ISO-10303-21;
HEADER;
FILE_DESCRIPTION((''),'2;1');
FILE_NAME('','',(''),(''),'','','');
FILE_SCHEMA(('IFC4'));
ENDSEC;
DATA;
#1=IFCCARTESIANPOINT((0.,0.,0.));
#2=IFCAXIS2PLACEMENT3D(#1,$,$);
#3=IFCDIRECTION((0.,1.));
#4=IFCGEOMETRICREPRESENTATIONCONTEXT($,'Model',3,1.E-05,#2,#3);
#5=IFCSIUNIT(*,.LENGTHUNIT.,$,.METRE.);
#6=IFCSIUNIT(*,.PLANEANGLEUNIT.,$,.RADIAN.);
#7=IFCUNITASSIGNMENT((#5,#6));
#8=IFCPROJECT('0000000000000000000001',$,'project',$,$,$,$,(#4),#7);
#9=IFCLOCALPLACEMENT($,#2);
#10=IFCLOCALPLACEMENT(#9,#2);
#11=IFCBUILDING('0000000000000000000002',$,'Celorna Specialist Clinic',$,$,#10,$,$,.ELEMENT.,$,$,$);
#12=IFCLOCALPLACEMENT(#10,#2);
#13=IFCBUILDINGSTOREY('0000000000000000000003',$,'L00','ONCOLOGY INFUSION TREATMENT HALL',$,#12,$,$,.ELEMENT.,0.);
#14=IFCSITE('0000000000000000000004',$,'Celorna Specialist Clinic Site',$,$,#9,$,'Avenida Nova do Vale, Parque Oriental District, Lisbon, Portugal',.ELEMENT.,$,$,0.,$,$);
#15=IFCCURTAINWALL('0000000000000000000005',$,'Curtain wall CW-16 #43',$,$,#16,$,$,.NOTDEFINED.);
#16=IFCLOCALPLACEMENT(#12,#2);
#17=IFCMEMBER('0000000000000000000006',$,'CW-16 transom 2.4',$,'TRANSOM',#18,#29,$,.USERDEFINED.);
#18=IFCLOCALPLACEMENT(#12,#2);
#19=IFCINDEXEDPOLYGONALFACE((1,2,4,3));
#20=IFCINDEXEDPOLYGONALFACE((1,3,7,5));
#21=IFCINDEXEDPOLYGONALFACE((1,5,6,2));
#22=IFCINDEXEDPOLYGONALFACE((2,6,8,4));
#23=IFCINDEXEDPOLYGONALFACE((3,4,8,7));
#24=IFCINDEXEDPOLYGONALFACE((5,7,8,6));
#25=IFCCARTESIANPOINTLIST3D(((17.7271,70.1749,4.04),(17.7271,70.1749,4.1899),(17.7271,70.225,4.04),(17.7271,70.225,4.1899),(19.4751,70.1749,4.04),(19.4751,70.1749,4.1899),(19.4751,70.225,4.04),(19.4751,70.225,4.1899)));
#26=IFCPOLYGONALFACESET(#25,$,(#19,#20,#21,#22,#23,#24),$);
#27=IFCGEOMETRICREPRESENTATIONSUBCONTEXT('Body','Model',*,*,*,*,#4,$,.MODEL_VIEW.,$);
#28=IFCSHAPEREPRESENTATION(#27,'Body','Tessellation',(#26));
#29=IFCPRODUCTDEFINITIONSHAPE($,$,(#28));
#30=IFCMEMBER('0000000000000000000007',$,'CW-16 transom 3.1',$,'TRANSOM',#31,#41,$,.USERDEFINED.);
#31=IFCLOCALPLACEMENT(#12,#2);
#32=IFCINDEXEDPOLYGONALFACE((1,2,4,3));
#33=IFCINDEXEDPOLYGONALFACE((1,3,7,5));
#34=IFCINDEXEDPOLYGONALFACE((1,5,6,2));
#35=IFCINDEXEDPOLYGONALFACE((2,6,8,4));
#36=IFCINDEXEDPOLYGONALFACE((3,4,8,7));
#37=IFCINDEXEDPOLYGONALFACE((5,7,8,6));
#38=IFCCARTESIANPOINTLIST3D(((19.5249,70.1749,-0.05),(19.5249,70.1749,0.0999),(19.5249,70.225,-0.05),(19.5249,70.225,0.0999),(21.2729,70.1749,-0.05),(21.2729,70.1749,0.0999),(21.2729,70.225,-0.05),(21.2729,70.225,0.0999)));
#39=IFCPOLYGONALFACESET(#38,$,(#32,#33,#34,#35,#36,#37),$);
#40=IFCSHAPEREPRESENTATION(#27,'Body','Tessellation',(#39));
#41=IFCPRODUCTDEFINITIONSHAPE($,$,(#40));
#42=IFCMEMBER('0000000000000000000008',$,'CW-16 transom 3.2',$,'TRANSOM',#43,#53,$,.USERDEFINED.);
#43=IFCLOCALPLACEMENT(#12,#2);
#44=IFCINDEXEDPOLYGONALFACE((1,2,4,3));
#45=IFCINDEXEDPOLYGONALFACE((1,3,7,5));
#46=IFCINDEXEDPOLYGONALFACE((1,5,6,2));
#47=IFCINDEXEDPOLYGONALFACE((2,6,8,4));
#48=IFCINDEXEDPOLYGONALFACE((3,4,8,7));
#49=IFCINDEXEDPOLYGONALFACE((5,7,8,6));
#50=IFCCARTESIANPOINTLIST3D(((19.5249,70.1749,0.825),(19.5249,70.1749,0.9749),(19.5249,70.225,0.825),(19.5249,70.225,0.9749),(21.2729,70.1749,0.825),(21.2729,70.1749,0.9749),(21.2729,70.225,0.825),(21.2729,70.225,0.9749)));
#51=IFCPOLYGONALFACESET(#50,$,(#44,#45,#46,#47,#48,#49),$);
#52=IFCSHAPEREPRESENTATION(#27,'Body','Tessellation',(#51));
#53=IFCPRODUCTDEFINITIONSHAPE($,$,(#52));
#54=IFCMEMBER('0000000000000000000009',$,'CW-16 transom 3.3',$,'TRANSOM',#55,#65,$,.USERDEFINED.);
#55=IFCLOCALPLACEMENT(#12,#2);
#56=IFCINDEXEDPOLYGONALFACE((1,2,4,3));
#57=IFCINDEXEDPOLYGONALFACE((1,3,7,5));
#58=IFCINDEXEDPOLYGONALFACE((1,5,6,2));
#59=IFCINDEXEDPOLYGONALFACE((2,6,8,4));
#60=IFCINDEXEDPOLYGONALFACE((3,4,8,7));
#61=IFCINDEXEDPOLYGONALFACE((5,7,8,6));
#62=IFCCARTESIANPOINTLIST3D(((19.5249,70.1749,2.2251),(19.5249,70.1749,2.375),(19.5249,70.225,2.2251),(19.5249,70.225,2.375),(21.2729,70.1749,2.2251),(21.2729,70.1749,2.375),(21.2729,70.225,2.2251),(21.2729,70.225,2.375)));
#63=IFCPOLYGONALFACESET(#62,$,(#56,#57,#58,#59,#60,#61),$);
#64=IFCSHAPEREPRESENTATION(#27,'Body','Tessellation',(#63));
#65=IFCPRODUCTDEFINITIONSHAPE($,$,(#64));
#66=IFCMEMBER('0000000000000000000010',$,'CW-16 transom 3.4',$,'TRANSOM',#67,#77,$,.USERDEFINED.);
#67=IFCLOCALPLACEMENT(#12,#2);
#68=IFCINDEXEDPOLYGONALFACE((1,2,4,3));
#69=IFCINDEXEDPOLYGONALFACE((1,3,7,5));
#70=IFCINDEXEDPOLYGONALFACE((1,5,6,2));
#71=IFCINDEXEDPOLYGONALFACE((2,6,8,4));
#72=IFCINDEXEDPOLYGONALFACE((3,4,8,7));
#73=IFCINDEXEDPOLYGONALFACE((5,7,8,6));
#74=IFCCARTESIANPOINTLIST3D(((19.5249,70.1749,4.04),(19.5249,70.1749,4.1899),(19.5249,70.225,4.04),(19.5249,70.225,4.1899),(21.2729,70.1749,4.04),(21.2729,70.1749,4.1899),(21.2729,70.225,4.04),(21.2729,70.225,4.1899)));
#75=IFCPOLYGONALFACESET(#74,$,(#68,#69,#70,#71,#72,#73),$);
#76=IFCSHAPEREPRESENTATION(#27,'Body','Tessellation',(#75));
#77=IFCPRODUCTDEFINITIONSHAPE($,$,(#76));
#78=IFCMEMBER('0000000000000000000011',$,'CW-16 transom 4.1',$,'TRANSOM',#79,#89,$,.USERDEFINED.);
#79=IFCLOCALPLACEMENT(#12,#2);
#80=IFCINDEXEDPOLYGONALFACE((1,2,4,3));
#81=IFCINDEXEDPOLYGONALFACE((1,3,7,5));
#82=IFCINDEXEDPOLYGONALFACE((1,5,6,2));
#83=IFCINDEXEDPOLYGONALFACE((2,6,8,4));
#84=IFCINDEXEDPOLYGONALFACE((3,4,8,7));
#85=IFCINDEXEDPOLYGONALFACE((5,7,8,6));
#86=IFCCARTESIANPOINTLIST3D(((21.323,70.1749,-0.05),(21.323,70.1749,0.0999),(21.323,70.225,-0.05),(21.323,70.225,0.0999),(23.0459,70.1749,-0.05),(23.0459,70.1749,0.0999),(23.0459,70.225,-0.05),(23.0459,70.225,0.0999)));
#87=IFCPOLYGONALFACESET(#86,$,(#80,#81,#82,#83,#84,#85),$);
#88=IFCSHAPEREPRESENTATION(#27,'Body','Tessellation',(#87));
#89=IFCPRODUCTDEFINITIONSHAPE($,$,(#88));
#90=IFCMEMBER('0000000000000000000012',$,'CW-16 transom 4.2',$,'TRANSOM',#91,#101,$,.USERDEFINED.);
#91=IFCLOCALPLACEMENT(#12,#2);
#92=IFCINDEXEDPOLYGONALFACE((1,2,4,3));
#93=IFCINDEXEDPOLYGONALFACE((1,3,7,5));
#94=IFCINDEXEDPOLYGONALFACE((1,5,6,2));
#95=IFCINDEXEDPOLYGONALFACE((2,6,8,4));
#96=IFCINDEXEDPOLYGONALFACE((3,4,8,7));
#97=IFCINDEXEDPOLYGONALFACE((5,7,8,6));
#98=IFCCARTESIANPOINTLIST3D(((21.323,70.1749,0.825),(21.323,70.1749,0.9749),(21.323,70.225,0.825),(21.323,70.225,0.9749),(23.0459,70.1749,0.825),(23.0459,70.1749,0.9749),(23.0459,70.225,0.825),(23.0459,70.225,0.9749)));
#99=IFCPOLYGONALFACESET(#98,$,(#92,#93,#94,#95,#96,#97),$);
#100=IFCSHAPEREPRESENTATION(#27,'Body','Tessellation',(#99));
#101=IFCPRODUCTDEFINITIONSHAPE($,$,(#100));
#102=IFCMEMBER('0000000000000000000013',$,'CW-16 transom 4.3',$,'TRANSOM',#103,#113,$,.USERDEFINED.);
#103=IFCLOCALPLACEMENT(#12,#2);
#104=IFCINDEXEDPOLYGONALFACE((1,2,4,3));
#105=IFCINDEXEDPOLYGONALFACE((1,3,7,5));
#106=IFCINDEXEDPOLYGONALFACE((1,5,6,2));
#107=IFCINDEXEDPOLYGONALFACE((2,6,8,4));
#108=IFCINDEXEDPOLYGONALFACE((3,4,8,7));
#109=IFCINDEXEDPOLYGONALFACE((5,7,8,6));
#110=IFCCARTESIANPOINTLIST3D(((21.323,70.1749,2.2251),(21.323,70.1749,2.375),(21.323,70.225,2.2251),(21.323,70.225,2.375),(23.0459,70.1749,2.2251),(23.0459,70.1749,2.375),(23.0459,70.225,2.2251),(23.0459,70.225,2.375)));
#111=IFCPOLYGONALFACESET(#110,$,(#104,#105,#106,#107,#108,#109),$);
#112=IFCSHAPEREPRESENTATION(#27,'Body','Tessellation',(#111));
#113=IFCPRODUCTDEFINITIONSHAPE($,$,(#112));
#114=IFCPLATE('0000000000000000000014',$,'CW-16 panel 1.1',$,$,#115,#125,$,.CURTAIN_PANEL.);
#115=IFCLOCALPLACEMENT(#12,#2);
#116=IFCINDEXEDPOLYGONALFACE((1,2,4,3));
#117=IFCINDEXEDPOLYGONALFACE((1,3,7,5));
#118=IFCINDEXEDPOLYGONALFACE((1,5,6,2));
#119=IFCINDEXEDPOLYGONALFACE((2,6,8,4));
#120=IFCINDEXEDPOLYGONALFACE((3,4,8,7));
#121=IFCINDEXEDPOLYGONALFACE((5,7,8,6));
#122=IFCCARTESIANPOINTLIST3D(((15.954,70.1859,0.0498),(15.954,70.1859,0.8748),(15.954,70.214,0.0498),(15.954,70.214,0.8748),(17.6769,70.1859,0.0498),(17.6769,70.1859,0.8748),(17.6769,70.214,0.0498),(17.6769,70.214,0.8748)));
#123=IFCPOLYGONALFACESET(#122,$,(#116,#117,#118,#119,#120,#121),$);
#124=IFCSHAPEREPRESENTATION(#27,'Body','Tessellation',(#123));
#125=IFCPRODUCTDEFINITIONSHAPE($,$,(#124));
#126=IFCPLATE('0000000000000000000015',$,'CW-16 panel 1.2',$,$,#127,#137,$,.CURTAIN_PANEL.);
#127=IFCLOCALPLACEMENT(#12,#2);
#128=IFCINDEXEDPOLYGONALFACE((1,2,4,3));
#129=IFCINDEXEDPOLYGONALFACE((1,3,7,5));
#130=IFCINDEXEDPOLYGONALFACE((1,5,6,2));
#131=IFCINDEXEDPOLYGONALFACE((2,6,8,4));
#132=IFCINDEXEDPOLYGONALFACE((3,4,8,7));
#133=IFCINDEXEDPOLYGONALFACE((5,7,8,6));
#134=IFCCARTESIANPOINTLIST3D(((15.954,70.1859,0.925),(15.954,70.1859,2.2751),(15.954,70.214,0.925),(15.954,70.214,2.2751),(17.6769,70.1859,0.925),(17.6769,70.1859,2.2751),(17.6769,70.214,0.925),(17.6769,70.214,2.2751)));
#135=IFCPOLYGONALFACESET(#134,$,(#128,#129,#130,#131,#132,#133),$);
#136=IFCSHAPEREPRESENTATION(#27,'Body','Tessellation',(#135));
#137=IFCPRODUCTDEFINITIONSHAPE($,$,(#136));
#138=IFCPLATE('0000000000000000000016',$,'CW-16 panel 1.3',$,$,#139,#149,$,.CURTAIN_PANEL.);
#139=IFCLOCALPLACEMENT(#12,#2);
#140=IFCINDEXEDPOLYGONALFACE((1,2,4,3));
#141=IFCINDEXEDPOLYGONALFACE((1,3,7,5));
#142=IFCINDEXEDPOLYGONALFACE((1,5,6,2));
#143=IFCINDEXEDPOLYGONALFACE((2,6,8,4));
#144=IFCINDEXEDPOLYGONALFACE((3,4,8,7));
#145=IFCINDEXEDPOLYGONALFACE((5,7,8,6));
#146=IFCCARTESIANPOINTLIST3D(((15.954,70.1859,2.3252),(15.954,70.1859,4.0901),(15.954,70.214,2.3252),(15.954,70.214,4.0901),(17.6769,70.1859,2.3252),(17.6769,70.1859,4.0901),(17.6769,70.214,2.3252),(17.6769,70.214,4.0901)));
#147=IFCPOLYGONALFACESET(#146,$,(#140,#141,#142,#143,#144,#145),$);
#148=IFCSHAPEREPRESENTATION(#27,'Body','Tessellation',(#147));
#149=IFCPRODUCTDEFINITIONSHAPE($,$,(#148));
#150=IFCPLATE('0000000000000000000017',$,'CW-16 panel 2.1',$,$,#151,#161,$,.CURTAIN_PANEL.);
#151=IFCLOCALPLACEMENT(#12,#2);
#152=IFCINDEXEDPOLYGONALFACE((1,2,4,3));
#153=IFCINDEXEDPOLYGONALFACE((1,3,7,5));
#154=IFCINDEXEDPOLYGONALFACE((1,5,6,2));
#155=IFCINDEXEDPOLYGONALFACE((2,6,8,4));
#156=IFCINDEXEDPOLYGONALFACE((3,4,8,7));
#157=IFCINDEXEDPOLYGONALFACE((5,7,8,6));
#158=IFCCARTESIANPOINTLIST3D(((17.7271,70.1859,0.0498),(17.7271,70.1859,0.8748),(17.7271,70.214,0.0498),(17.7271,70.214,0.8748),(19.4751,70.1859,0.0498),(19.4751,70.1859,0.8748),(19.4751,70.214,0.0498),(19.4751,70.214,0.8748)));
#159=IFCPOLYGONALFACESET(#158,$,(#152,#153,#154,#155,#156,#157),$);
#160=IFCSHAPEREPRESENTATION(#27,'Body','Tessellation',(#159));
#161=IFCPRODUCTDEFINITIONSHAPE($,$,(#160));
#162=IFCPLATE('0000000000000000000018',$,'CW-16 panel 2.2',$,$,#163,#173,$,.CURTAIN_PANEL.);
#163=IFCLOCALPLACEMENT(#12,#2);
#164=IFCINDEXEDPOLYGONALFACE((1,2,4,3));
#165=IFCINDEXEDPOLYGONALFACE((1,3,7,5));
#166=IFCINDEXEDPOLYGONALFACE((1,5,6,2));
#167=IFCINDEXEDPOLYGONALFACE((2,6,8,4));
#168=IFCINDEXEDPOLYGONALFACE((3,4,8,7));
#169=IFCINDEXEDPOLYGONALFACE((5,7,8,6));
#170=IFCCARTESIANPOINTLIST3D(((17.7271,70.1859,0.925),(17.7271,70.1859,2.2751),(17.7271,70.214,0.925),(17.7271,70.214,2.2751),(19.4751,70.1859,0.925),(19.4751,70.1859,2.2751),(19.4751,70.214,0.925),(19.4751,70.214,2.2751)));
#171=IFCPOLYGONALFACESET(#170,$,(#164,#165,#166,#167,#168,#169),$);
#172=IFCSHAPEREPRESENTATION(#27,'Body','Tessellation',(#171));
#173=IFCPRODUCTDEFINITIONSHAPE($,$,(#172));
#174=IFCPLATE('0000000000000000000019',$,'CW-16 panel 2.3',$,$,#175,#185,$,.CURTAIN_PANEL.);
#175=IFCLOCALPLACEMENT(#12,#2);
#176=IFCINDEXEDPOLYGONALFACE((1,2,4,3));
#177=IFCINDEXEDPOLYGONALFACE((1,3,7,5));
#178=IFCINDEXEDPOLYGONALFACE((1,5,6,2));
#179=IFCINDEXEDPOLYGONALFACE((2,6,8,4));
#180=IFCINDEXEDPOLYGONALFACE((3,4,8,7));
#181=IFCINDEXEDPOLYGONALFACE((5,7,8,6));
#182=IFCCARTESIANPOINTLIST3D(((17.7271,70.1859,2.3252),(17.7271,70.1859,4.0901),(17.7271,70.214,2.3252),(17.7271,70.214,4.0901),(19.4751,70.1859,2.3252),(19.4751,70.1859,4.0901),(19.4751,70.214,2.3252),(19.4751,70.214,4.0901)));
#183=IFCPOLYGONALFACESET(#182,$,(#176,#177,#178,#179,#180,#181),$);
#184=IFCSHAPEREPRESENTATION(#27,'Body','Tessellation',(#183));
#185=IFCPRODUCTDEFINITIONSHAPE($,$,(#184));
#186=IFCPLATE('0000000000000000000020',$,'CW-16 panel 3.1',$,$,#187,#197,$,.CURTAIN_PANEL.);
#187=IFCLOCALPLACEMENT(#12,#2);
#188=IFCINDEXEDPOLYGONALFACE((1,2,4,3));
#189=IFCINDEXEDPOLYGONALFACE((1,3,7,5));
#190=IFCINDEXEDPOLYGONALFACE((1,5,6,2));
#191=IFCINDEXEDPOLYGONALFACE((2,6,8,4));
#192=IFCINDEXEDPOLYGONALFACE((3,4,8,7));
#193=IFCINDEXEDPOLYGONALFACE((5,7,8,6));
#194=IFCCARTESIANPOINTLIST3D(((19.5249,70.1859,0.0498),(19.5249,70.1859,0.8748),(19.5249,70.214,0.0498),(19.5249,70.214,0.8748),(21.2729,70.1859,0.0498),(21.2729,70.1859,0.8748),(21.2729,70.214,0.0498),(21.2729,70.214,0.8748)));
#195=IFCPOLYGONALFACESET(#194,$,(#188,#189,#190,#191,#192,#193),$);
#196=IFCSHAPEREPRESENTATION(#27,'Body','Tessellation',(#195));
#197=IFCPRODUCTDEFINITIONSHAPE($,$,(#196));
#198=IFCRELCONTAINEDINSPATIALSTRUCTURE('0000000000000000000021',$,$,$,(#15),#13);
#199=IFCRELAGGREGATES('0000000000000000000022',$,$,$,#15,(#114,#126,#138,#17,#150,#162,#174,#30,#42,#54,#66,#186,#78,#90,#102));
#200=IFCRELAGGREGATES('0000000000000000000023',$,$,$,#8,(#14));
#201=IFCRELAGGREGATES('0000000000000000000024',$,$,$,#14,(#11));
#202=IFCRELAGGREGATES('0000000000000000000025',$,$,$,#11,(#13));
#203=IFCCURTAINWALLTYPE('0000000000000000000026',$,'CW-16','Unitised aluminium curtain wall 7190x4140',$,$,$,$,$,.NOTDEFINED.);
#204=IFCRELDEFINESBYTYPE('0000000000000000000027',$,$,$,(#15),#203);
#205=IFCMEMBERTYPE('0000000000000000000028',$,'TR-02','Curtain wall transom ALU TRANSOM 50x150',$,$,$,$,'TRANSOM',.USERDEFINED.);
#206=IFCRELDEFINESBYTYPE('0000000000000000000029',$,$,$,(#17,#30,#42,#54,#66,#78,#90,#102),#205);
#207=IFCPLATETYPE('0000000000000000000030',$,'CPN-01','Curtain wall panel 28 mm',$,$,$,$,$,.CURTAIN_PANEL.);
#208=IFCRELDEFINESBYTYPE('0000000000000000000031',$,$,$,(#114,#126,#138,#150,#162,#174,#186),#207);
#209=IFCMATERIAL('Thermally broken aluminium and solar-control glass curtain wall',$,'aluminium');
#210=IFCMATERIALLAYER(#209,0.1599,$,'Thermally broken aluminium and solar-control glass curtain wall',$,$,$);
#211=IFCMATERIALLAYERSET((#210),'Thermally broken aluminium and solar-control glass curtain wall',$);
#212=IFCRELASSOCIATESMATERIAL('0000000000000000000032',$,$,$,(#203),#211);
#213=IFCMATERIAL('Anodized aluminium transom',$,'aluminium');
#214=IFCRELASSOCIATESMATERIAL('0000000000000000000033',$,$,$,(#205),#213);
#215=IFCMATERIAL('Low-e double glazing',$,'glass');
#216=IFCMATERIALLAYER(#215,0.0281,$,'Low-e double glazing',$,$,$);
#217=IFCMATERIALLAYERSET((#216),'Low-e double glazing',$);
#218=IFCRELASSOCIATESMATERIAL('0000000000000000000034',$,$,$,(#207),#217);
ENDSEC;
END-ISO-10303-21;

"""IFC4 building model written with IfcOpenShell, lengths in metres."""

from ifc_helpers import new_model, si_unit, direction, frame, origin, origin_2d, place, context, subcontext, project, spatial, rectangle, extrude, material, layer, layer_set, material_profile, profile_set, type_object, element, aggregate, save


model = new_model("IFC4")

# Units and contexts
model_context = context("Model", 3, precision=1e-05, world=origin(), true_north=direction((0.0, 1.0)))
body_context = subcontext(model_context, "Body", "Model", "MODEL_VIEW")
ifc_project = project(units=[si_unit("LENGTHUNIT", "METRE"), si_unit("PLANEANGLEUNIT", "RADIAN")], contexts=[model_context])

# Site, building, storey
site_placement = place(None, origin())
site = spatial("IfcSite", under=ifc_project, at=site_placement, Name="Celorna Specialist Clinic Site", LongName="Avenida Nova do Vale, Parque Oriental District, Lisbon, Portugal", CompositionType="ELEMENT", RefElevation=0.0)
building_placement = place(site_placement, origin())
building = spatial("IfcBuilding", under=site, at=building_placement, Name="Celorna Specialist Clinic", CompositionType="ELEMENT")
storey_placement = place(building_placement, origin())
storey = spatial("IfcBuildingStorey", under=building, at=storey_placement, Name="L00", Description="ONCOLOGY INFUSION TREATMENT HALL", CompositionType="ELEMENT", Elevation=0.0)

# Curtain wall
ifc_material_1 = material(Name="Thermally broken aluminium and solar-control glass curtain wall", Category="aluminium")
ifc_layer_1 = layer(ifc_material_1, 0.1599, Name="Thermally broken aluminium and solar-control glass curtain wall")
ifc_layer_set_1 = layer_set([ifc_layer_1], Name="Thermally broken aluminium and solar-control glass curtain wall")
curtain_wall_type_1 = type_object("IfcCurtainWallType", Name="CW-16", Description="Unitised aluminium curtain wall 7190x4140", PredefinedType="NOTDEFINED", material=ifc_layer_set_1)
curtain_wall_1_placement = place(storey_placement, origin())
curtain_wall_1 = element("IfcCurtainWall", 1, at=curtain_wall_1_placement, inside=storey, type_object=curtain_wall_type_1, Name="Curtain wall CW-16 #43", PredefinedType="NOTDEFINED")

# Members
ifc_material_2 = material(Name="Anodized aluminium transom", Category="aluminium")
ifc_material_profile_1 = material_profile(ifc_material_2, rectangle(XDim=0.05, YDim=0.1499, at=origin_2d()), Name="ALU TRANSOM 50x150")
ifc_profile_set_1 = profile_set([ifc_material_profile_1], Name="Anodized aluminium transom")
member_type_1 = type_object("IfcMemberType", Name="TR-02", Description="Curtain wall transom ALU TRANSOM 50x150", ElementType="TRANSOM", PredefinedType="USERDEFINED", material=ifc_profile_set_1)
member_1_placement = place(storey_placement, frame((17.7271, 70.2, 4.115), z_axis=(1.0, 0.0, 0.0), x_axis=(0.0, 1.0, 0.0)))
member_1 = element("IfcMember", 2, at=member_1_placement, type_object=member_type_1, Name="CW-16 transom 2.4", ObjectType="TRANSOM", PredefinedType="USERDEFINED", context=body_context, shape_type="SweptSolid", body=[
    extrude(rectangle(XDim=0.05, YDim=0.1499, at=origin_2d()), origin(), (0.0, 0.0, 1.0), 1.748),
])
member_2_placement = place(storey_placement, frame((19.5249, 70.2, 0.0249), z_axis=(1.0, 0.0, 0.0), x_axis=(0.0, 1.0, 0.0)))
member_2 = element("IfcMember", 3, at=member_2_placement, type_object=member_type_1, Name="CW-16 transom 3.1", ObjectType="TRANSOM", PredefinedType="USERDEFINED", context=body_context, shape_type="SweptSolid", body=[
    extrude(rectangle(XDim=0.05, YDim=0.1499, at=origin_2d()), origin(), (0.0, 0.0, 1.0), 1.748),
])
member_3_placement = place(storey_placement, frame((19.5249, 70.2, 0.8999), z_axis=(1.0, 0.0, 0.0), x_axis=(0.0, 1.0, 0.0)))
member_3 = element("IfcMember", 4, at=member_3_placement, type_object=member_type_1, Name="CW-16 transom 3.2", ObjectType="TRANSOM", PredefinedType="USERDEFINED", context=body_context, shape_type="SweptSolid", body=[
    extrude(rectangle(XDim=0.05, YDim=0.1499, at=origin_2d()), origin(), (0.0, 0.0, 1.0), 1.748),
])
member_4_placement = place(storey_placement, frame((19.5249, 70.2, 2.3), z_axis=(1.0, 0.0, 0.0), x_axis=(0.0, 1.0, 0.0)))
member_4 = element("IfcMember", 5, at=member_4_placement, type_object=member_type_1, Name="CW-16 transom 3.3", ObjectType="TRANSOM", PredefinedType="USERDEFINED", context=body_context, shape_type="SweptSolid", body=[
    extrude(rectangle(XDim=0.05, YDim=0.1499, at=origin_2d()), origin(), (0.0, 0.0, 1.0), 1.748),
])
member_5_placement = place(storey_placement, frame((19.5249, 70.2, 4.115), z_axis=(1.0, 0.0, 0.0), x_axis=(0.0, 1.0, 0.0)))
member_5 = element("IfcMember", 6, at=member_5_placement, type_object=member_type_1, Name="CW-16 transom 3.4", ObjectType="TRANSOM", PredefinedType="USERDEFINED", context=body_context, shape_type="SweptSolid", body=[
    extrude(rectangle(XDim=0.05, YDim=0.1499, at=origin_2d()), origin(), (0.0, 0.0, 1.0), 1.748),
])
member_6_placement = place(storey_placement, frame((21.323, 70.2, 0.0249), z_axis=(1.0, 0.0, 0.0), x_axis=(0.0, 1.0, 0.0)))
member_6 = element("IfcMember", 7, at=member_6_placement, type_object=member_type_1, Name="CW-16 transom 4.1", ObjectType="TRANSOM", PredefinedType="USERDEFINED", context=body_context, shape_type="SweptSolid", body=[
    extrude(rectangle(XDim=0.05, YDim=0.1499, at=origin_2d()), origin(), (0.0, 0.0, 1.0), 1.7229),
])
member_7_placement = place(storey_placement, frame((21.323, 70.2, 0.8999), z_axis=(1.0, 0.0, 0.0), x_axis=(0.0, 1.0, 0.0)))
member_7 = element("IfcMember", 8, at=member_7_placement, type_object=member_type_1, Name="CW-16 transom 4.2", ObjectType="TRANSOM", PredefinedType="USERDEFINED", context=body_context, shape_type="SweptSolid", body=[
    extrude(rectangle(XDim=0.05, YDim=0.1499, at=origin_2d()), origin(), (0.0, 0.0, 1.0), 1.7229),
])
member_8_placement = place(storey_placement, frame((21.323, 70.2, 2.3), z_axis=(1.0, 0.0, 0.0), x_axis=(0.0, 1.0, 0.0)))
member_8 = element("IfcMember", 9, at=member_8_placement, type_object=member_type_1, Name="CW-16 transom 4.3", ObjectType="TRANSOM", PredefinedType="USERDEFINED", context=body_context, shape_type="SweptSolid", body=[
    extrude(rectangle(XDim=0.05, YDim=0.1499, at=origin_2d()), origin(), (0.0, 0.0, 1.0), 1.7229),
])

# Plates
ifc_material_3 = material(Name="Low-e double glazing", Category="glass")
ifc_layer_2 = layer(ifc_material_3, 0.0281, Name="Low-e double glazing")
ifc_layer_set_2 = layer_set([ifc_layer_2], Name="Low-e double glazing")
plate_type_1 = type_object("IfcPlateType", Name="CPN-01", Description="Curtain wall panel 28 mm", PredefinedType="CURTAIN_PANEL", material=ifc_layer_set_2)
plate_1_placement = place(storey_placement, frame((16.8154, 70.2, 0.0498), z_axis=(0.0, 0.0, 1.0), x_axis=(1.0, 0.0, 0.0)))
plate_1 = element("IfcPlate", 10, at=plate_1_placement, type_object=plate_type_1, Name="CW-16 panel 1.1", PredefinedType="CURTAIN_PANEL", context=body_context, shape_type="SweptSolid", body=[
    extrude(rectangle(XDim=1.7229, YDim=0.0281, at=origin_2d()), origin(), (0.0, 0.0, 1.0), 0.825),
])
plate_2_placement = place(storey_placement, frame((16.8154, 70.2, 0.925), z_axis=(0.0, 0.0, 1.0), x_axis=(1.0, 0.0, 0.0)))
plate_2 = element("IfcPlate", 11, at=plate_2_placement, type_object=plate_type_1, Name="CW-16 panel 1.2", PredefinedType="CURTAIN_PANEL", context=body_context, shape_type="SweptSolid", body=[
    extrude(rectangle(XDim=1.7229, YDim=0.0281, at=origin_2d()), origin(), (0.0, 0.0, 1.0), 1.3501),
])
plate_3_placement = place(storey_placement, frame((16.8154, 70.2, 2.3252), z_axis=(0.0, 0.0, 1.0), x_axis=(1.0, 0.0, 0.0)))
plate_3 = element("IfcPlate", 12, at=plate_3_placement, type_object=plate_type_1, Name="CW-16 panel 1.3", PredefinedType="CURTAIN_PANEL", context=body_context, shape_type="SweptSolid", body=[
    extrude(rectangle(XDim=1.7229, YDim=0.0281, at=origin_2d()), origin(), (0.0, 0.0, 1.0), 1.7649),
])
plate_4_placement = place(storey_placement, frame((18.6011, 70.2, 0.0498), z_axis=(0.0, 0.0, 1.0), x_axis=(1.0, 0.0, 0.0)))
plate_4 = element("IfcPlate", 13, at=plate_4_placement, type_object=plate_type_1, Name="CW-16 panel 2.1", PredefinedType="CURTAIN_PANEL", context=body_context, shape_type="SweptSolid", body=[
    extrude(rectangle(XDim=1.748, YDim=0.0281, at=origin_2d()), origin(), (0.0, 0.0, 1.0), 0.825),
])
plate_5_placement = place(storey_placement, frame((18.6011, 70.2, 0.925), z_axis=(0.0, 0.0, 1.0), x_axis=(1.0, 0.0, 0.0)))
plate_5 = element("IfcPlate", 14, at=plate_5_placement, type_object=plate_type_1, Name="CW-16 panel 2.2", PredefinedType="CURTAIN_PANEL", context=body_context, shape_type="SweptSolid", body=[
    extrude(rectangle(XDim=1.748, YDim=0.0281, at=origin_2d()), origin(), (0.0, 0.0, 1.0), 1.3501),
])
plate_6_placement = place(storey_placement, frame((18.6011, 70.2, 2.3252), z_axis=(0.0, 0.0, 1.0), x_axis=(1.0, 0.0, 0.0)))
plate_6 = element("IfcPlate", 15, at=plate_6_placement, type_object=plate_type_1, Name="CW-16 panel 2.3", PredefinedType="CURTAIN_PANEL", context=body_context, shape_type="SweptSolid", body=[
    extrude(rectangle(XDim=1.748, YDim=0.0281, at=origin_2d()), origin(), (0.0, 0.0, 1.0), 1.7649),
])
plate_7_placement = place(storey_placement, frame((20.3989, 70.2, 0.0498), z_axis=(0.0, 0.0, 1.0), x_axis=(1.0, 0.0, 0.0)))
plate_7 = element("IfcPlate", 16, at=plate_7_placement, type_object=plate_type_1, Name="CW-16 panel 3.1", PredefinedType="CURTAIN_PANEL", context=body_context, shape_type="SweptSolid", body=[
    extrude(rectangle(XDim=1.748, YDim=0.0281, at=origin_2d()), origin(), (0.0, 0.0, 1.0), 0.825),
])
aggregate(curtain_wall_1, [plate_1, plate_2, plate_3, member_1, plate_4, plate_5, plate_6, member_2, member_3, member_4, member_5, plate_7, member_6, member_7, member_8])

save(model, "model.ifc")
